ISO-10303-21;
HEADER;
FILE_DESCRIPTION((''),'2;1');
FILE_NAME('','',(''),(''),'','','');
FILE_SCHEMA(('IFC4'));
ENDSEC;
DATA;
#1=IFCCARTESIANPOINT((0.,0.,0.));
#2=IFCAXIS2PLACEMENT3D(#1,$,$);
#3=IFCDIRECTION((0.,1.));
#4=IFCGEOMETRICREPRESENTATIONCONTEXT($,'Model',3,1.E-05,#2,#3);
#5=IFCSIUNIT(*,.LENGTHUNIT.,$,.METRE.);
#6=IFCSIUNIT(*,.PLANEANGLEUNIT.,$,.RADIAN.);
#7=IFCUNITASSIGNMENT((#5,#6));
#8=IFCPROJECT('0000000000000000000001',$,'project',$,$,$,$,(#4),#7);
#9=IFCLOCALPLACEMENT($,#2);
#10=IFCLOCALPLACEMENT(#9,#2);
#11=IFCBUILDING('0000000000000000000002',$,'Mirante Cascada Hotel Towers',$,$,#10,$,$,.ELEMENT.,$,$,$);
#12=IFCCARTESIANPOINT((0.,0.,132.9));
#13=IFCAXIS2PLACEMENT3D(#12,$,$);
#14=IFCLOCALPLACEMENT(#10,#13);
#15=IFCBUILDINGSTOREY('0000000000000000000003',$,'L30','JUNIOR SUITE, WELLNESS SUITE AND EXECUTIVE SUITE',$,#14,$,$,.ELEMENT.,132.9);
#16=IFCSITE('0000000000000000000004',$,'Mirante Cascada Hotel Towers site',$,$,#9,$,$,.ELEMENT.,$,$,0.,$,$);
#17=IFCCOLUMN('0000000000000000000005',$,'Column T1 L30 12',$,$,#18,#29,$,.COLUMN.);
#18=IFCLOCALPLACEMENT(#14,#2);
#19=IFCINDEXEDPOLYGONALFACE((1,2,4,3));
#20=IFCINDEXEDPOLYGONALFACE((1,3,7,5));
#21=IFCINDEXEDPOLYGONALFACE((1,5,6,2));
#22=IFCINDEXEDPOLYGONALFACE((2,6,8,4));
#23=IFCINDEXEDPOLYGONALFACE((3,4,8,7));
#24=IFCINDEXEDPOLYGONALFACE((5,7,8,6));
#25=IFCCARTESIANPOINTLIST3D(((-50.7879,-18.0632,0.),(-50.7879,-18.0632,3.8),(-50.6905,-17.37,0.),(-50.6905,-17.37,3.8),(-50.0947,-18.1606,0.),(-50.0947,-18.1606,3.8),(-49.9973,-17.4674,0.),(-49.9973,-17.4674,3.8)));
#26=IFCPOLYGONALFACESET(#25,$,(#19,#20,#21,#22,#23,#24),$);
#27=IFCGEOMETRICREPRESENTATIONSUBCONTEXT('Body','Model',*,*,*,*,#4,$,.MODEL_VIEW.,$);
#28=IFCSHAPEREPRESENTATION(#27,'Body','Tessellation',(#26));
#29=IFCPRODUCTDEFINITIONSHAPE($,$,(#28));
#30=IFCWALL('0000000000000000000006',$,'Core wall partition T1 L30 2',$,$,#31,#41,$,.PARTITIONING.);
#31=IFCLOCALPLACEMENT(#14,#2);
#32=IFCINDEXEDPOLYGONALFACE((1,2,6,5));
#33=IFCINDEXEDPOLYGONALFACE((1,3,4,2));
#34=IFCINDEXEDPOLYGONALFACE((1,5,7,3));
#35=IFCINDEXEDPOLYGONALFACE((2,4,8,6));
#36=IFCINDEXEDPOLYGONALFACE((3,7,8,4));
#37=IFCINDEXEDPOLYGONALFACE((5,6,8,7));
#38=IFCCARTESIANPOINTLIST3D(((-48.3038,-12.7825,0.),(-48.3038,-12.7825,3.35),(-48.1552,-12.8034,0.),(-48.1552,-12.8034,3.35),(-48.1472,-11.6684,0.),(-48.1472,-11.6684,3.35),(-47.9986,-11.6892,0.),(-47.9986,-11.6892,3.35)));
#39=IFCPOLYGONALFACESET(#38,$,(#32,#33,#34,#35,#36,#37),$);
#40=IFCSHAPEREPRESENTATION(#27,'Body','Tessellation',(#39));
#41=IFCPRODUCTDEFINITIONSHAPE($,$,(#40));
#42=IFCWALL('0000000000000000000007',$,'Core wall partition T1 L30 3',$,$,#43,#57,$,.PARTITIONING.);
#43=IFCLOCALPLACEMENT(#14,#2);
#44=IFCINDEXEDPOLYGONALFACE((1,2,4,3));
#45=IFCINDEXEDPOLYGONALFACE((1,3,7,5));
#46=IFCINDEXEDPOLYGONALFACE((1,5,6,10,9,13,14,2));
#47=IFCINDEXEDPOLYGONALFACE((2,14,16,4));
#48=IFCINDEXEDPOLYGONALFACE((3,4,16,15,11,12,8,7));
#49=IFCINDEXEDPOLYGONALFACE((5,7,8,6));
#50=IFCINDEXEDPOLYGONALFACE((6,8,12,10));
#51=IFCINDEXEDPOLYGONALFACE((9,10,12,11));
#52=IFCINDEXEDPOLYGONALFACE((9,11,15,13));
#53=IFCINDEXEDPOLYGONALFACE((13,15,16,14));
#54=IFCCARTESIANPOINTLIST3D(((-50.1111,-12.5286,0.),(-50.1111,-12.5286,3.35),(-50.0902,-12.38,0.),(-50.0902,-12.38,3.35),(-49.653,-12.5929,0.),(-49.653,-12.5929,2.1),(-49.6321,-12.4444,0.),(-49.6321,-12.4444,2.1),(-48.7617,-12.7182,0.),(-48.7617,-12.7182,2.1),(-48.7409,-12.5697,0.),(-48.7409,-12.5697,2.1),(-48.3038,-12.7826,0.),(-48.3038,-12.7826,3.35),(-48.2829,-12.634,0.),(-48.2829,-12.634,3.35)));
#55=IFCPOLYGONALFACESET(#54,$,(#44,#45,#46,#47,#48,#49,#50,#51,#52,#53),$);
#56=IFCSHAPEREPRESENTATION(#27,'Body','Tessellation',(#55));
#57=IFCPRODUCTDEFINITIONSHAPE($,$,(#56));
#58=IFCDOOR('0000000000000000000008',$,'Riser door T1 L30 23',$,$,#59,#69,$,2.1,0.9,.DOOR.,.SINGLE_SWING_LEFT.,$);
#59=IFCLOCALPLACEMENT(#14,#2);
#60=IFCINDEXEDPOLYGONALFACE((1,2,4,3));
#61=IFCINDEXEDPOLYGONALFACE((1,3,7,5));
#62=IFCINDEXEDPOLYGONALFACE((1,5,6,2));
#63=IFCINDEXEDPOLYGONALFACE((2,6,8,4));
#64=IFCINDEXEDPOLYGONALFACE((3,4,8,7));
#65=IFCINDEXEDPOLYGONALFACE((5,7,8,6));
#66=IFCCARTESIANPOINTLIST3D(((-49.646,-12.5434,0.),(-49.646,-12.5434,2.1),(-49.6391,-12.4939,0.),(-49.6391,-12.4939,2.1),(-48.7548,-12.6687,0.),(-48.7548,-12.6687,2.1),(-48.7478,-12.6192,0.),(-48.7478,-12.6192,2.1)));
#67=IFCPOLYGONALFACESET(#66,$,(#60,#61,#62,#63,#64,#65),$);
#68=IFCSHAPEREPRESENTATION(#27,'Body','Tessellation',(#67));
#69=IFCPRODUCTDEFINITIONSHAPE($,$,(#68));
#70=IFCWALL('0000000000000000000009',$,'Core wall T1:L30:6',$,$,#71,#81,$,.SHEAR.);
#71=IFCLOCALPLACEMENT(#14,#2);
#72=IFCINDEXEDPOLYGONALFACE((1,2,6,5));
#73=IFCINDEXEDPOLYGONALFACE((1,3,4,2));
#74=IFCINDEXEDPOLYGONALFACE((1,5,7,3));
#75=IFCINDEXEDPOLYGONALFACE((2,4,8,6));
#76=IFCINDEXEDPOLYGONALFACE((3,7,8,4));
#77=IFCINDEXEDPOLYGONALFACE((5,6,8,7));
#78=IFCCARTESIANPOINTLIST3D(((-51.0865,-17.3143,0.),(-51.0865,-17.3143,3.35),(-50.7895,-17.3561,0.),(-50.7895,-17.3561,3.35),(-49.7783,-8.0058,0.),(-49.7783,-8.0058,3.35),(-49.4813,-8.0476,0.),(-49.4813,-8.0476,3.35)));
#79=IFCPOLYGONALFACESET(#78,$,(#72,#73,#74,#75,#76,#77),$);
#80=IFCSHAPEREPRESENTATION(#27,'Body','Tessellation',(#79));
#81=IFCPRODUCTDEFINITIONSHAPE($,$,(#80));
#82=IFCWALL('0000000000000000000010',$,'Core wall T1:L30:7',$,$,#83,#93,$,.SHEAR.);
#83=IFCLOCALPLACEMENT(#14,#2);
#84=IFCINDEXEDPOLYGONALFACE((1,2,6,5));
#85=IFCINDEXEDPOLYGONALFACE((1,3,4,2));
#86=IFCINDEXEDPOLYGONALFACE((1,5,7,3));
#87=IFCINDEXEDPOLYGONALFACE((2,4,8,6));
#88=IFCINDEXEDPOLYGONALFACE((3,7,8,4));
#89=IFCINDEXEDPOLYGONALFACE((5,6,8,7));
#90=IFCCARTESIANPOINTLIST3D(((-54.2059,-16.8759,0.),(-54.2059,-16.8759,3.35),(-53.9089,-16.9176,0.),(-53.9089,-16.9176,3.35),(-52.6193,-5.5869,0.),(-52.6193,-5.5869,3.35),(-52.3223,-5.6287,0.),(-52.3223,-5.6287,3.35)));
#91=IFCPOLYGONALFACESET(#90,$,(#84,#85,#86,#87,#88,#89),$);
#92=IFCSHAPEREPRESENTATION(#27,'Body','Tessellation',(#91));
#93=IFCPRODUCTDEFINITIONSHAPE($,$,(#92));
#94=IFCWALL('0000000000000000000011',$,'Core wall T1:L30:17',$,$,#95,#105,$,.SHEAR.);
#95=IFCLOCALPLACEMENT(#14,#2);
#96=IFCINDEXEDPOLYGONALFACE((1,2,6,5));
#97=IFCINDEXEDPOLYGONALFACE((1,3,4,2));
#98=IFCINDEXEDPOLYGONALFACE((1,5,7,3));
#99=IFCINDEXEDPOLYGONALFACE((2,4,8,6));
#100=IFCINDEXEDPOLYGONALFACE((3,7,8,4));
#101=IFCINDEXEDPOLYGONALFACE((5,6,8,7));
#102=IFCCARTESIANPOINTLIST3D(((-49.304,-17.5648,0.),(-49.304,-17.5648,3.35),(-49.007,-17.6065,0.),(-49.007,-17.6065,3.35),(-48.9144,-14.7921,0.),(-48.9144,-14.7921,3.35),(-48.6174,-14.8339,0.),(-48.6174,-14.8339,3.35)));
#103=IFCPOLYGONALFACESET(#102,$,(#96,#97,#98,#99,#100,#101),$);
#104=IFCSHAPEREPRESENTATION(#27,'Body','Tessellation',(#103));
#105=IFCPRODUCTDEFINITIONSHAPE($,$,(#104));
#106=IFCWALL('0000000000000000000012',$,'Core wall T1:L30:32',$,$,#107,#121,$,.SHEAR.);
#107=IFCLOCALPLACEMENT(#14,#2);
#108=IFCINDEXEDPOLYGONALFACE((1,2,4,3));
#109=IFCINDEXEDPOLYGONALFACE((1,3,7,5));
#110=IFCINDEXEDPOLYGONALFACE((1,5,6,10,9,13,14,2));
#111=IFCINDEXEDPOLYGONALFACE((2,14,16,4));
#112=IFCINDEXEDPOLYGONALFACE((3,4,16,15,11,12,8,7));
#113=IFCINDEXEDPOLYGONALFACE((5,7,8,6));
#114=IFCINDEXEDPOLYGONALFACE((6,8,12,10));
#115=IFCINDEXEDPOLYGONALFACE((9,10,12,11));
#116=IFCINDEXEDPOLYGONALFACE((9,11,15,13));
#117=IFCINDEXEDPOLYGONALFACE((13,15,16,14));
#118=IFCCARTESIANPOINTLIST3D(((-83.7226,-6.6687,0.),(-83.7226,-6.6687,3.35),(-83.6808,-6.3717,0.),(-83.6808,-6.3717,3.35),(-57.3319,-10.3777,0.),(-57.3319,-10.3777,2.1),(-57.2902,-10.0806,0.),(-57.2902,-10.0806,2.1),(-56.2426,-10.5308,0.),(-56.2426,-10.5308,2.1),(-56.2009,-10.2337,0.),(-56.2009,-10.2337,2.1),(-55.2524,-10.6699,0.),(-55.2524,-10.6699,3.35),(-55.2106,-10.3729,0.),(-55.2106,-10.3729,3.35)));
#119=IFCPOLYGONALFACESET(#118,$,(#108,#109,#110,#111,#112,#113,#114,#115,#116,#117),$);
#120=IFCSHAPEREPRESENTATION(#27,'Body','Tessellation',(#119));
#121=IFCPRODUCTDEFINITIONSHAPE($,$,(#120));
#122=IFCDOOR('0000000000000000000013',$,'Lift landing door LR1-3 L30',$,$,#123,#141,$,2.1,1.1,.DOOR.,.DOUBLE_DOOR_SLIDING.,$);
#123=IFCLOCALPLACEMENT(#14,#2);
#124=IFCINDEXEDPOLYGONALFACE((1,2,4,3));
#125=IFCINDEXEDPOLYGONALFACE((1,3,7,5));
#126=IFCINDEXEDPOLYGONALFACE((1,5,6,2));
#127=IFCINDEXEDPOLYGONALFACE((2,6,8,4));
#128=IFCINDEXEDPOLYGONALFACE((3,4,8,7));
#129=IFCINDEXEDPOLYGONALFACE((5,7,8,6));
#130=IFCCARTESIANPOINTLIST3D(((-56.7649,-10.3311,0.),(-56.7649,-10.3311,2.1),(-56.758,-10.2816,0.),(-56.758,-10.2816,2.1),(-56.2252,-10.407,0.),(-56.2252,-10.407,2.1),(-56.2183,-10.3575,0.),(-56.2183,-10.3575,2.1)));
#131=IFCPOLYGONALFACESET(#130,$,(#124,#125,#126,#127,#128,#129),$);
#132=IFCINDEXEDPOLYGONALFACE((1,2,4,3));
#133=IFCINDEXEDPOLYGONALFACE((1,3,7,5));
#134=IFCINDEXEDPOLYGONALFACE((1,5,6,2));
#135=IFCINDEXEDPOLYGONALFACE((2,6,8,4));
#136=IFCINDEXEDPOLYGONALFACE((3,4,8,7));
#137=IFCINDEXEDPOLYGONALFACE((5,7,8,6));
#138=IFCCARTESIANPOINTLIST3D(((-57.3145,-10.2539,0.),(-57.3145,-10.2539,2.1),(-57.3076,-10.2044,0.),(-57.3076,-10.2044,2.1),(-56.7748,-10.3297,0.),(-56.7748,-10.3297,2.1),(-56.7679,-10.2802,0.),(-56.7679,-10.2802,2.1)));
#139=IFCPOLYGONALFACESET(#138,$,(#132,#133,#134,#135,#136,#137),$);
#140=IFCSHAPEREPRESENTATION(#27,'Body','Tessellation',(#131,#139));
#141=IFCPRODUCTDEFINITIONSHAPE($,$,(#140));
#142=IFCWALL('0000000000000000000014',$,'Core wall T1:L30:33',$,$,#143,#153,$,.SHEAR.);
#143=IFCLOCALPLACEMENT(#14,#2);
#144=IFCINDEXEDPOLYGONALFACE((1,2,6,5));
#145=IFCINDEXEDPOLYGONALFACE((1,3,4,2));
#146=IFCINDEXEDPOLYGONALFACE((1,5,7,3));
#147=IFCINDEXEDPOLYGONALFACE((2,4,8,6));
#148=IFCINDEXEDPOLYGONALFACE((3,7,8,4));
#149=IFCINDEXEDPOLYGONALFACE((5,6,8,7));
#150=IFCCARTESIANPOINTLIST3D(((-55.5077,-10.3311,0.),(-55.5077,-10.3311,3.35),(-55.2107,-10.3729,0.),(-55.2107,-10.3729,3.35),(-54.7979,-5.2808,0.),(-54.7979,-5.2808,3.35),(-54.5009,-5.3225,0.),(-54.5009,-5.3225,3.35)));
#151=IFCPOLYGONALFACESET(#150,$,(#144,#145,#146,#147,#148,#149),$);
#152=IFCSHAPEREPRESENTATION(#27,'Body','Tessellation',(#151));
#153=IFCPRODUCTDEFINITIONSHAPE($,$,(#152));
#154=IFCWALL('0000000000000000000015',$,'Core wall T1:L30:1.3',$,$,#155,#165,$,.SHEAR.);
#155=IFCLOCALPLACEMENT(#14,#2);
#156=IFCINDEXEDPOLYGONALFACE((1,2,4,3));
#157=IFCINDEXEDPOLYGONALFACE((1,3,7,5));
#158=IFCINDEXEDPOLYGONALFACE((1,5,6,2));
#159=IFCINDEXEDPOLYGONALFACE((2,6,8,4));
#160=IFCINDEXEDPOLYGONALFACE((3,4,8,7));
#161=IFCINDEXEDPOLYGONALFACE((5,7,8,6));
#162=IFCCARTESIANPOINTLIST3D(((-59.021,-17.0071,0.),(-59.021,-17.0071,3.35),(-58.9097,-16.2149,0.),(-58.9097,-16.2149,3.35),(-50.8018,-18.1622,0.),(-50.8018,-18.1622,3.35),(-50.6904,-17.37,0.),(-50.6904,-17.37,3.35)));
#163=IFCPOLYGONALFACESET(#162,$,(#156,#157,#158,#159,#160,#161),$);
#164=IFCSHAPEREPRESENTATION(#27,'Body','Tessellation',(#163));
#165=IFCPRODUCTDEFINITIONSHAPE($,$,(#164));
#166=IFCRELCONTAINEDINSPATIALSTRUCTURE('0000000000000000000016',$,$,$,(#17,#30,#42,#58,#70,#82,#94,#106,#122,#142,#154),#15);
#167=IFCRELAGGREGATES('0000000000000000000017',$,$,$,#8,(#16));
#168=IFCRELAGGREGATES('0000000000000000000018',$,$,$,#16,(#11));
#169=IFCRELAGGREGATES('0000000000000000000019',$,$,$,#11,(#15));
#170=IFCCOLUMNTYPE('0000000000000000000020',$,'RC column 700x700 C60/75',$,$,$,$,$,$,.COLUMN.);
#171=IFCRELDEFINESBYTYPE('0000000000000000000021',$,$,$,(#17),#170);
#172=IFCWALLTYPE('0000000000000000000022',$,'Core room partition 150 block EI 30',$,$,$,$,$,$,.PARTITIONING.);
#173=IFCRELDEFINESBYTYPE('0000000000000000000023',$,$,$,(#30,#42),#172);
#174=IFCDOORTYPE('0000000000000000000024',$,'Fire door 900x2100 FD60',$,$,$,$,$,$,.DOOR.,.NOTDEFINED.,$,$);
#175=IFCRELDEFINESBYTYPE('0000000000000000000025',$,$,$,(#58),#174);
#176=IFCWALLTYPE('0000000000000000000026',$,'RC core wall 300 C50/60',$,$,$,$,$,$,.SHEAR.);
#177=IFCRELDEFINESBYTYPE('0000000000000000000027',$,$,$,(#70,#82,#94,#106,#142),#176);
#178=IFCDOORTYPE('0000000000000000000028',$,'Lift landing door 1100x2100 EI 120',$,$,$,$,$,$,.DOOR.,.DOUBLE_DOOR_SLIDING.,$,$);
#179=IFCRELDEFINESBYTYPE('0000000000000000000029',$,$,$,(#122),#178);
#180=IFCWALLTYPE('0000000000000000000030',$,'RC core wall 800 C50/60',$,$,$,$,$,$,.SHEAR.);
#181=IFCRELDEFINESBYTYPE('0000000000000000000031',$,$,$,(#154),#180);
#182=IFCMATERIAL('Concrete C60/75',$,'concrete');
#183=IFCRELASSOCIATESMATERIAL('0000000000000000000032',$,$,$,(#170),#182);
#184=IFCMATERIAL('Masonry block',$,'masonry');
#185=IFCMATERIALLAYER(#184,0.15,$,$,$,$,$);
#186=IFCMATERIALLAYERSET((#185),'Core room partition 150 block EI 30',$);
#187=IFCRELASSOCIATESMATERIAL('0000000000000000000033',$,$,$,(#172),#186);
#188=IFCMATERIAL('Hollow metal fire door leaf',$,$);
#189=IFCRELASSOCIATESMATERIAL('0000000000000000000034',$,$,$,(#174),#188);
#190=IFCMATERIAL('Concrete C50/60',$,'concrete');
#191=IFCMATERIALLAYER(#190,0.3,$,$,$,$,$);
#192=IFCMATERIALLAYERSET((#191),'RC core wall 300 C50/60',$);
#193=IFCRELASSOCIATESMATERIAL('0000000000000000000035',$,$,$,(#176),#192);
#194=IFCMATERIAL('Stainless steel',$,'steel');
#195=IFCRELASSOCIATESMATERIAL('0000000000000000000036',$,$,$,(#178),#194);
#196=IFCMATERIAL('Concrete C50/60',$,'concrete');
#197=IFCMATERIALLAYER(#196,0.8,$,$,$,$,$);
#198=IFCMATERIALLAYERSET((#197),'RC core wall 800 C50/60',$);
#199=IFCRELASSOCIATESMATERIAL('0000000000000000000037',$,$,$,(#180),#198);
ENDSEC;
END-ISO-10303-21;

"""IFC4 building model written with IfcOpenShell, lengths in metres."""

from ifc_helpers import new_model, si_unit, direction, frame, frame_2d, origin, origin_2d, place, context, subcontext, project, spatial, rectangle, extrude, material, layer, layer_set, material_profile, profile_set, type_object, element, fill, save


model = new_model("IFC4")

# Units and contexts
model_context = context("Model", 3, precision=1e-05, world=origin(), true_north=direction((0.0, 1.0)))
body_context = subcontext(model_context, "Body", "Model", "MODEL_VIEW")
ifc_project = project(units=[si_unit("LENGTHUNIT", "METRE"), si_unit("PLANEANGLEUNIT", "RADIAN")], contexts=[model_context])

# Site, building, storey
site_placement = place(None, origin())
site = spatial("IfcSite", under=ifc_project, at=site_placement, Name="Mirante Cascada Hotel Towers site", CompositionType="ELEMENT", RefElevation=0.0)
building_placement = place(site_placement, origin())
building = spatial("IfcBuilding", under=site, at=building_placement, Name="Mirante Cascada Hotel Towers", CompositionType="ELEMENT")
storey_placement = place(building_placement, frame((0.0, 0.0, 132.9)))
storey = spatial("IfcBuildingStorey", under=building, at=storey_placement, Name="L30", Description="JUNIOR SUITE, WELLNESS SUITE AND EXECUTIVE SUITE", CompositionType="ELEMENT", Elevation=132.9)

# Column
ifc_material_1 = material(Name="Concrete C60/75", Category="concrete")
ifc_material_profile = material_profile(ifc_material_1, rectangle(XDim=0.7, YDim=0.7, at=origin_2d()), Name="RC column 700x700 C60/75")
ifc_profile_set = profile_set([ifc_material_profile], Name="Concrete C60/75")
column_type = type_object("IfcColumnType", Name="RC column 700x700 C60/75", PredefinedType="COLUMN", material=ifc_profile_set)
column_placement = place(storey_placement, frame((-50.3926, -17.7653, 0.0), z_axis=(0.0, 0.0, 1.0), x_axis=(-0.990268, 0.139173, 0.0)))
element("IfcColumn", 1, at=column_placement, inside=storey, type_object=column_type, Name="Column T1 L30 12", PredefinedType="COLUMN", context=body_context, shape_type="SweptSolid", body=[
    extrude(rectangle(XDim=0.7, YDim=0.7, at=origin_2d()), origin(), (0.0, 0.0, 1.0), 3.8),
])

# Wall
ifc_material_2 = material(Name="Masonry block", Category="masonry")
ifc_layer_1 = layer(ifc_material_2, 0.15)
ifc_layer_set_1 = layer_set([ifc_layer_1], Name="Core room partition 150 block EI 30")
wall_type_1 = type_object("IfcWallType", Name="Core room partition 150 block EI 30", PredefinedType="PARTITIONING", material=ifc_layer_set_1)
wall_1_placement = place(storey_placement, frame((-48.2295, -12.793, 0.0), z_axis=(0.0, 0.0, 1.0), x_axis=(0.139193, 0.990265, 0.0)))
element("IfcWall", 2, at=wall_1_placement, inside=storey, type_object=wall_type_1, Name="Core wall partition T1 L30 2", PredefinedType="PARTITIONING", context=body_context, shape_type="SweptSolid", body=[
    extrude(rectangle(XDim=1.1251, YDim=0.15, at=frame_2d((0.5626, 0.0))), origin(), (0.0, 0.0, 1.0), 3.35),
])

# Wall, opening, door
wall_2_placement = place(storey_placement, frame((-48.2933, -12.7083, 0.0), z_axis=(0.0, 0.0, 1.0), x_axis=(-0.990268, 0.139173, 0.0)))
wall_2 = element("IfcWall", 3, at=wall_2_placement, inside=storey, type_object=wall_type_1, Name="Core wall partition T1 L30 3", PredefinedType="PARTITIONING", context=body_context, shape_type="SweptSolid", body=[
    extrude(rectangle(XDim=1.8251, YDim=0.15, at=frame_2d((0.9126, 0.0))), origin(), (0.0, 0.0, 1.0), 3.35),
])
opening_1_placement = place(wall_2_placement, frame((0.4625, 0.0, 0.0)))
opening_1 = element("IfcOpeningElement", 4, at=opening_1_placement, cuts=wall_2, PredefinedType="OPENING", context=body_context, shape_type="SweptSolid", body=[
    extrude(rectangle(XDim=0.9, YDim=2.1, at=frame_2d((0.45, 1.05))), frame((0.0, 0.075, 0.0), z_axis=(0.0, -1.0, 0.0), x_axis=(1.0, 0.0, 0.0)), (0.0, 0.0, 1.0), 0.15),
])
ifc_material_3 = material(Name="Hollow metal fire door leaf")
door_type_1 = type_object("IfcDoorType", Name="Fire door 900x2100 FD60", OperationType="NOTDEFINED", PredefinedType="DOOR", material=ifc_material_3)
door_1_placement = place(opening_1_placement, origin())
door_1 = element("IfcDoor", 5, at=door_1_placement, inside=storey, type_object=door_type_1, Name="Riser door T1 L30 23", OperationType="SINGLE_SWING_LEFT", OverallHeight=2.1, OverallWidth=0.9, PredefinedType="DOOR", context=body_context, shape_type="SweptSolid", body=[
    extrude(rectangle(XDim=0.9, YDim=2.1, at=frame_2d((0.45, 1.05))), frame((0.0, 0.025, 0.0), z_axis=(0.0, -1.0, 0.0), x_axis=(1.0, 0.0, 0.0)), (0.0, 0.0, 1.0), 0.05),
])
fill(opening_1, door_1)

# Walls
ifc_material_4 = material(Name="Concrete C50/60", Category="concrete")
ifc_layer_2 = layer(ifc_material_4, 0.3)
ifc_layer_set_2 = layer_set([ifc_layer_2], Name="RC core wall 300 C50/60")
wall_type_2 = type_object("IfcWallType", Name="RC core wall 300 C50/60", PredefinedType="SHEAR", material=ifc_layer_set_2)
wall_3_placement = place(storey_placement, frame((-50.938, -17.3352, 0.0), z_axis=(0.0, 0.0, 1.0), x_axis=(0.139171, 0.990268, 0.0)))
element("IfcWall", 6, at=wall_3_placement, inside=storey, type_object=wall_type_2, Name="Core wall T1:L30:6", PredefinedType="SHEAR", context=body_context, shape_type="SweptSolid", body=[
    extrude(rectangle(XDim=9.4, YDim=0.3, at=frame_2d((4.7, 0.0))), origin(), (0.0, 0.0, 1.0), 3.35),
])
wall_4_placement = place(storey_placement, frame((-54.0574, -16.8968, 0.0), z_axis=(0.0, 0.0, 1.0), x_axis=(0.139176, 0.990268, 0.0)))
element("IfcWall", 7, at=wall_4_placement, inside=storey, type_object=wall_type_2, Name="Core wall T1:L30:7", PredefinedType="SHEAR", context=body_context, shape_type="SweptSolid", body=[
    extrude(rectangle(XDim=11.3999, YDim=0.3, at=frame_2d((5.7, 0.0))), origin(), (0.0, 0.0, 1.0), 3.35),
])
wall_5_placement = place(storey_placement, frame((-49.1555, -17.5857, 0.0), z_axis=(0.0, 0.0, 1.0), x_axis=(0.139146, 0.990272, 0.0)))
element("IfcWall", 8, at=wall_5_placement, inside=storey, type_object=wall_type_2, Name="Core wall T1:L30:17", PredefinedType="SHEAR", context=body_context, shape_type="SweptSolid", body=[
    extrude(rectangle(XDim=2.7999, YDim=0.3, at=frame_2d((1.4, 0.0))), origin(), (0.0, 0.0, 1.0), 3.35),
])

# Shared definitions
ifc_material_5 = material(Name="Stainless steel", Category="steel")
door_type_2 = type_object("IfcDoorType", Name="Lift landing door 1100x2100 EI 120", OperationType="DOUBLE_DOOR_SLIDING", PredefinedType="DOOR", material=ifc_material_5)

# Wall, opening, door
wall_6_placement = place(storey_placement, frame((-55.2315, -10.5214, 0.0), z_axis=(0.0, 0.0, 1.0), x_axis=(-0.990268, 0.139172, 0.0)))
wall_6 = element("IfcWall", 9, at=wall_6_placement, inside=storey, type_object=wall_type_2, Name="Core wall T1:L30:32", PredefinedType="SHEAR", context=body_context, shape_type="SweptSolid", body=[
    extrude(rectangle(XDim=28.75, YDim=0.3, at=frame_2d((14.375, 0.0))), origin(), (0.0, 0.0, 1.0), 3.35),
])
opening_2_placement = place(wall_6_placement, frame((1.0, 0.0, 0.0)))
opening_2 = element("IfcOpeningElement", 10, at=opening_2_placement, cuts=wall_6, PredefinedType="OPENING", context=body_context, shape_type="SweptSolid", body=[
    extrude(rectangle(XDim=1.1, YDim=2.1, at=frame_2d((0.55, 1.05))), frame((0.0, 0.15, 0.0), z_axis=(0.0, -1.0, 0.0), x_axis=(1.0, 0.0, 0.0)), (0.0, 0.0, 1.0), 0.3),
])
door_2_placement = place(opening_2_placement, origin())
door_2 = element("IfcDoor", 11, at=door_2_placement, inside=storey, type_object=door_type_2, Name="Lift landing door LR1-3 L30", OperationType="DOUBLE_DOOR_SLIDING", OverallHeight=2.1, OverallWidth=1.1, PredefinedType="DOOR", context=body_context, shape_type="SweptSolid", body=[
    extrude(rectangle(XDim=0.545, YDim=2.1, at=frame_2d((0.2725, 1.05))), frame((0.0, 0.025, 0.0), z_axis=(0.0, -1.0, 0.0), x_axis=(1.0, 0.0, 0.0)), (0.0, 0.0, 1.0), 0.05),
    extrude(rectangle(XDim=0.545, YDim=2.1, at=frame_2d((0.8275, 1.05))), frame((0.0, 0.025, 0.0), z_axis=(0.0, -1.0, 0.0), x_axis=(1.0, 0.0, 0.0)), (0.0, 0.0, 1.0), 0.05),
])
fill(opening_2, door_2)

# Walls
wall_7_placement = place(storey_placement, frame((-55.3592, -10.352, 0.0), z_axis=(0.0, 0.0, 1.0), x_axis=(0.139176, 0.990268, 0.0)))
element("IfcWall", 12, at=wall_7_placement, inside=storey, type_object=wall_type_2, Name="Core wall T1:L30:33", PredefinedType="SHEAR", context=body_context, shape_type="SweptSolid", body=[
    extrude(rectangle(XDim=5.1, YDim=0.3, at=frame_2d((2.55, 0.0))), origin(), (0.0, 0.0, 1.0), 3.35),
])
ifc_material_6 = material(Name="Concrete C50/60", Category="concrete")
ifc_layer_3 = layer(ifc_material_6, 0.8)
ifc_layer_set_3 = layer_set([ifc_layer_3], Name="RC core wall 800 C50/60")
wall_type_3 = type_object("IfcWallType", Name="RC core wall 800 C50/60", PredefinedType="SHEAR", material=ifc_layer_set_3)
wall_8_placement = place(storey_placement, frame((-50.7461, -17.7661, 0.0), z_axis=(0.0, 0.0, 1.0), x_axis=(-0.990269, 0.139169, 0.0)))
element("IfcWall", 13, at=wall_8_placement, inside=storey, type_object=wall_type_3, Name="Core wall T1:L30:1.3", PredefinedType="SHEAR", context=body_context, shape_type="SweptSolid", body=[
    extrude(rectangle(XDim=8.3, YDim=0.8, at=frame_2d((4.15, 0.0))), origin(), (0.0, 0.0, 1.0), 3.35),
])

save(model, "model.ifc")
